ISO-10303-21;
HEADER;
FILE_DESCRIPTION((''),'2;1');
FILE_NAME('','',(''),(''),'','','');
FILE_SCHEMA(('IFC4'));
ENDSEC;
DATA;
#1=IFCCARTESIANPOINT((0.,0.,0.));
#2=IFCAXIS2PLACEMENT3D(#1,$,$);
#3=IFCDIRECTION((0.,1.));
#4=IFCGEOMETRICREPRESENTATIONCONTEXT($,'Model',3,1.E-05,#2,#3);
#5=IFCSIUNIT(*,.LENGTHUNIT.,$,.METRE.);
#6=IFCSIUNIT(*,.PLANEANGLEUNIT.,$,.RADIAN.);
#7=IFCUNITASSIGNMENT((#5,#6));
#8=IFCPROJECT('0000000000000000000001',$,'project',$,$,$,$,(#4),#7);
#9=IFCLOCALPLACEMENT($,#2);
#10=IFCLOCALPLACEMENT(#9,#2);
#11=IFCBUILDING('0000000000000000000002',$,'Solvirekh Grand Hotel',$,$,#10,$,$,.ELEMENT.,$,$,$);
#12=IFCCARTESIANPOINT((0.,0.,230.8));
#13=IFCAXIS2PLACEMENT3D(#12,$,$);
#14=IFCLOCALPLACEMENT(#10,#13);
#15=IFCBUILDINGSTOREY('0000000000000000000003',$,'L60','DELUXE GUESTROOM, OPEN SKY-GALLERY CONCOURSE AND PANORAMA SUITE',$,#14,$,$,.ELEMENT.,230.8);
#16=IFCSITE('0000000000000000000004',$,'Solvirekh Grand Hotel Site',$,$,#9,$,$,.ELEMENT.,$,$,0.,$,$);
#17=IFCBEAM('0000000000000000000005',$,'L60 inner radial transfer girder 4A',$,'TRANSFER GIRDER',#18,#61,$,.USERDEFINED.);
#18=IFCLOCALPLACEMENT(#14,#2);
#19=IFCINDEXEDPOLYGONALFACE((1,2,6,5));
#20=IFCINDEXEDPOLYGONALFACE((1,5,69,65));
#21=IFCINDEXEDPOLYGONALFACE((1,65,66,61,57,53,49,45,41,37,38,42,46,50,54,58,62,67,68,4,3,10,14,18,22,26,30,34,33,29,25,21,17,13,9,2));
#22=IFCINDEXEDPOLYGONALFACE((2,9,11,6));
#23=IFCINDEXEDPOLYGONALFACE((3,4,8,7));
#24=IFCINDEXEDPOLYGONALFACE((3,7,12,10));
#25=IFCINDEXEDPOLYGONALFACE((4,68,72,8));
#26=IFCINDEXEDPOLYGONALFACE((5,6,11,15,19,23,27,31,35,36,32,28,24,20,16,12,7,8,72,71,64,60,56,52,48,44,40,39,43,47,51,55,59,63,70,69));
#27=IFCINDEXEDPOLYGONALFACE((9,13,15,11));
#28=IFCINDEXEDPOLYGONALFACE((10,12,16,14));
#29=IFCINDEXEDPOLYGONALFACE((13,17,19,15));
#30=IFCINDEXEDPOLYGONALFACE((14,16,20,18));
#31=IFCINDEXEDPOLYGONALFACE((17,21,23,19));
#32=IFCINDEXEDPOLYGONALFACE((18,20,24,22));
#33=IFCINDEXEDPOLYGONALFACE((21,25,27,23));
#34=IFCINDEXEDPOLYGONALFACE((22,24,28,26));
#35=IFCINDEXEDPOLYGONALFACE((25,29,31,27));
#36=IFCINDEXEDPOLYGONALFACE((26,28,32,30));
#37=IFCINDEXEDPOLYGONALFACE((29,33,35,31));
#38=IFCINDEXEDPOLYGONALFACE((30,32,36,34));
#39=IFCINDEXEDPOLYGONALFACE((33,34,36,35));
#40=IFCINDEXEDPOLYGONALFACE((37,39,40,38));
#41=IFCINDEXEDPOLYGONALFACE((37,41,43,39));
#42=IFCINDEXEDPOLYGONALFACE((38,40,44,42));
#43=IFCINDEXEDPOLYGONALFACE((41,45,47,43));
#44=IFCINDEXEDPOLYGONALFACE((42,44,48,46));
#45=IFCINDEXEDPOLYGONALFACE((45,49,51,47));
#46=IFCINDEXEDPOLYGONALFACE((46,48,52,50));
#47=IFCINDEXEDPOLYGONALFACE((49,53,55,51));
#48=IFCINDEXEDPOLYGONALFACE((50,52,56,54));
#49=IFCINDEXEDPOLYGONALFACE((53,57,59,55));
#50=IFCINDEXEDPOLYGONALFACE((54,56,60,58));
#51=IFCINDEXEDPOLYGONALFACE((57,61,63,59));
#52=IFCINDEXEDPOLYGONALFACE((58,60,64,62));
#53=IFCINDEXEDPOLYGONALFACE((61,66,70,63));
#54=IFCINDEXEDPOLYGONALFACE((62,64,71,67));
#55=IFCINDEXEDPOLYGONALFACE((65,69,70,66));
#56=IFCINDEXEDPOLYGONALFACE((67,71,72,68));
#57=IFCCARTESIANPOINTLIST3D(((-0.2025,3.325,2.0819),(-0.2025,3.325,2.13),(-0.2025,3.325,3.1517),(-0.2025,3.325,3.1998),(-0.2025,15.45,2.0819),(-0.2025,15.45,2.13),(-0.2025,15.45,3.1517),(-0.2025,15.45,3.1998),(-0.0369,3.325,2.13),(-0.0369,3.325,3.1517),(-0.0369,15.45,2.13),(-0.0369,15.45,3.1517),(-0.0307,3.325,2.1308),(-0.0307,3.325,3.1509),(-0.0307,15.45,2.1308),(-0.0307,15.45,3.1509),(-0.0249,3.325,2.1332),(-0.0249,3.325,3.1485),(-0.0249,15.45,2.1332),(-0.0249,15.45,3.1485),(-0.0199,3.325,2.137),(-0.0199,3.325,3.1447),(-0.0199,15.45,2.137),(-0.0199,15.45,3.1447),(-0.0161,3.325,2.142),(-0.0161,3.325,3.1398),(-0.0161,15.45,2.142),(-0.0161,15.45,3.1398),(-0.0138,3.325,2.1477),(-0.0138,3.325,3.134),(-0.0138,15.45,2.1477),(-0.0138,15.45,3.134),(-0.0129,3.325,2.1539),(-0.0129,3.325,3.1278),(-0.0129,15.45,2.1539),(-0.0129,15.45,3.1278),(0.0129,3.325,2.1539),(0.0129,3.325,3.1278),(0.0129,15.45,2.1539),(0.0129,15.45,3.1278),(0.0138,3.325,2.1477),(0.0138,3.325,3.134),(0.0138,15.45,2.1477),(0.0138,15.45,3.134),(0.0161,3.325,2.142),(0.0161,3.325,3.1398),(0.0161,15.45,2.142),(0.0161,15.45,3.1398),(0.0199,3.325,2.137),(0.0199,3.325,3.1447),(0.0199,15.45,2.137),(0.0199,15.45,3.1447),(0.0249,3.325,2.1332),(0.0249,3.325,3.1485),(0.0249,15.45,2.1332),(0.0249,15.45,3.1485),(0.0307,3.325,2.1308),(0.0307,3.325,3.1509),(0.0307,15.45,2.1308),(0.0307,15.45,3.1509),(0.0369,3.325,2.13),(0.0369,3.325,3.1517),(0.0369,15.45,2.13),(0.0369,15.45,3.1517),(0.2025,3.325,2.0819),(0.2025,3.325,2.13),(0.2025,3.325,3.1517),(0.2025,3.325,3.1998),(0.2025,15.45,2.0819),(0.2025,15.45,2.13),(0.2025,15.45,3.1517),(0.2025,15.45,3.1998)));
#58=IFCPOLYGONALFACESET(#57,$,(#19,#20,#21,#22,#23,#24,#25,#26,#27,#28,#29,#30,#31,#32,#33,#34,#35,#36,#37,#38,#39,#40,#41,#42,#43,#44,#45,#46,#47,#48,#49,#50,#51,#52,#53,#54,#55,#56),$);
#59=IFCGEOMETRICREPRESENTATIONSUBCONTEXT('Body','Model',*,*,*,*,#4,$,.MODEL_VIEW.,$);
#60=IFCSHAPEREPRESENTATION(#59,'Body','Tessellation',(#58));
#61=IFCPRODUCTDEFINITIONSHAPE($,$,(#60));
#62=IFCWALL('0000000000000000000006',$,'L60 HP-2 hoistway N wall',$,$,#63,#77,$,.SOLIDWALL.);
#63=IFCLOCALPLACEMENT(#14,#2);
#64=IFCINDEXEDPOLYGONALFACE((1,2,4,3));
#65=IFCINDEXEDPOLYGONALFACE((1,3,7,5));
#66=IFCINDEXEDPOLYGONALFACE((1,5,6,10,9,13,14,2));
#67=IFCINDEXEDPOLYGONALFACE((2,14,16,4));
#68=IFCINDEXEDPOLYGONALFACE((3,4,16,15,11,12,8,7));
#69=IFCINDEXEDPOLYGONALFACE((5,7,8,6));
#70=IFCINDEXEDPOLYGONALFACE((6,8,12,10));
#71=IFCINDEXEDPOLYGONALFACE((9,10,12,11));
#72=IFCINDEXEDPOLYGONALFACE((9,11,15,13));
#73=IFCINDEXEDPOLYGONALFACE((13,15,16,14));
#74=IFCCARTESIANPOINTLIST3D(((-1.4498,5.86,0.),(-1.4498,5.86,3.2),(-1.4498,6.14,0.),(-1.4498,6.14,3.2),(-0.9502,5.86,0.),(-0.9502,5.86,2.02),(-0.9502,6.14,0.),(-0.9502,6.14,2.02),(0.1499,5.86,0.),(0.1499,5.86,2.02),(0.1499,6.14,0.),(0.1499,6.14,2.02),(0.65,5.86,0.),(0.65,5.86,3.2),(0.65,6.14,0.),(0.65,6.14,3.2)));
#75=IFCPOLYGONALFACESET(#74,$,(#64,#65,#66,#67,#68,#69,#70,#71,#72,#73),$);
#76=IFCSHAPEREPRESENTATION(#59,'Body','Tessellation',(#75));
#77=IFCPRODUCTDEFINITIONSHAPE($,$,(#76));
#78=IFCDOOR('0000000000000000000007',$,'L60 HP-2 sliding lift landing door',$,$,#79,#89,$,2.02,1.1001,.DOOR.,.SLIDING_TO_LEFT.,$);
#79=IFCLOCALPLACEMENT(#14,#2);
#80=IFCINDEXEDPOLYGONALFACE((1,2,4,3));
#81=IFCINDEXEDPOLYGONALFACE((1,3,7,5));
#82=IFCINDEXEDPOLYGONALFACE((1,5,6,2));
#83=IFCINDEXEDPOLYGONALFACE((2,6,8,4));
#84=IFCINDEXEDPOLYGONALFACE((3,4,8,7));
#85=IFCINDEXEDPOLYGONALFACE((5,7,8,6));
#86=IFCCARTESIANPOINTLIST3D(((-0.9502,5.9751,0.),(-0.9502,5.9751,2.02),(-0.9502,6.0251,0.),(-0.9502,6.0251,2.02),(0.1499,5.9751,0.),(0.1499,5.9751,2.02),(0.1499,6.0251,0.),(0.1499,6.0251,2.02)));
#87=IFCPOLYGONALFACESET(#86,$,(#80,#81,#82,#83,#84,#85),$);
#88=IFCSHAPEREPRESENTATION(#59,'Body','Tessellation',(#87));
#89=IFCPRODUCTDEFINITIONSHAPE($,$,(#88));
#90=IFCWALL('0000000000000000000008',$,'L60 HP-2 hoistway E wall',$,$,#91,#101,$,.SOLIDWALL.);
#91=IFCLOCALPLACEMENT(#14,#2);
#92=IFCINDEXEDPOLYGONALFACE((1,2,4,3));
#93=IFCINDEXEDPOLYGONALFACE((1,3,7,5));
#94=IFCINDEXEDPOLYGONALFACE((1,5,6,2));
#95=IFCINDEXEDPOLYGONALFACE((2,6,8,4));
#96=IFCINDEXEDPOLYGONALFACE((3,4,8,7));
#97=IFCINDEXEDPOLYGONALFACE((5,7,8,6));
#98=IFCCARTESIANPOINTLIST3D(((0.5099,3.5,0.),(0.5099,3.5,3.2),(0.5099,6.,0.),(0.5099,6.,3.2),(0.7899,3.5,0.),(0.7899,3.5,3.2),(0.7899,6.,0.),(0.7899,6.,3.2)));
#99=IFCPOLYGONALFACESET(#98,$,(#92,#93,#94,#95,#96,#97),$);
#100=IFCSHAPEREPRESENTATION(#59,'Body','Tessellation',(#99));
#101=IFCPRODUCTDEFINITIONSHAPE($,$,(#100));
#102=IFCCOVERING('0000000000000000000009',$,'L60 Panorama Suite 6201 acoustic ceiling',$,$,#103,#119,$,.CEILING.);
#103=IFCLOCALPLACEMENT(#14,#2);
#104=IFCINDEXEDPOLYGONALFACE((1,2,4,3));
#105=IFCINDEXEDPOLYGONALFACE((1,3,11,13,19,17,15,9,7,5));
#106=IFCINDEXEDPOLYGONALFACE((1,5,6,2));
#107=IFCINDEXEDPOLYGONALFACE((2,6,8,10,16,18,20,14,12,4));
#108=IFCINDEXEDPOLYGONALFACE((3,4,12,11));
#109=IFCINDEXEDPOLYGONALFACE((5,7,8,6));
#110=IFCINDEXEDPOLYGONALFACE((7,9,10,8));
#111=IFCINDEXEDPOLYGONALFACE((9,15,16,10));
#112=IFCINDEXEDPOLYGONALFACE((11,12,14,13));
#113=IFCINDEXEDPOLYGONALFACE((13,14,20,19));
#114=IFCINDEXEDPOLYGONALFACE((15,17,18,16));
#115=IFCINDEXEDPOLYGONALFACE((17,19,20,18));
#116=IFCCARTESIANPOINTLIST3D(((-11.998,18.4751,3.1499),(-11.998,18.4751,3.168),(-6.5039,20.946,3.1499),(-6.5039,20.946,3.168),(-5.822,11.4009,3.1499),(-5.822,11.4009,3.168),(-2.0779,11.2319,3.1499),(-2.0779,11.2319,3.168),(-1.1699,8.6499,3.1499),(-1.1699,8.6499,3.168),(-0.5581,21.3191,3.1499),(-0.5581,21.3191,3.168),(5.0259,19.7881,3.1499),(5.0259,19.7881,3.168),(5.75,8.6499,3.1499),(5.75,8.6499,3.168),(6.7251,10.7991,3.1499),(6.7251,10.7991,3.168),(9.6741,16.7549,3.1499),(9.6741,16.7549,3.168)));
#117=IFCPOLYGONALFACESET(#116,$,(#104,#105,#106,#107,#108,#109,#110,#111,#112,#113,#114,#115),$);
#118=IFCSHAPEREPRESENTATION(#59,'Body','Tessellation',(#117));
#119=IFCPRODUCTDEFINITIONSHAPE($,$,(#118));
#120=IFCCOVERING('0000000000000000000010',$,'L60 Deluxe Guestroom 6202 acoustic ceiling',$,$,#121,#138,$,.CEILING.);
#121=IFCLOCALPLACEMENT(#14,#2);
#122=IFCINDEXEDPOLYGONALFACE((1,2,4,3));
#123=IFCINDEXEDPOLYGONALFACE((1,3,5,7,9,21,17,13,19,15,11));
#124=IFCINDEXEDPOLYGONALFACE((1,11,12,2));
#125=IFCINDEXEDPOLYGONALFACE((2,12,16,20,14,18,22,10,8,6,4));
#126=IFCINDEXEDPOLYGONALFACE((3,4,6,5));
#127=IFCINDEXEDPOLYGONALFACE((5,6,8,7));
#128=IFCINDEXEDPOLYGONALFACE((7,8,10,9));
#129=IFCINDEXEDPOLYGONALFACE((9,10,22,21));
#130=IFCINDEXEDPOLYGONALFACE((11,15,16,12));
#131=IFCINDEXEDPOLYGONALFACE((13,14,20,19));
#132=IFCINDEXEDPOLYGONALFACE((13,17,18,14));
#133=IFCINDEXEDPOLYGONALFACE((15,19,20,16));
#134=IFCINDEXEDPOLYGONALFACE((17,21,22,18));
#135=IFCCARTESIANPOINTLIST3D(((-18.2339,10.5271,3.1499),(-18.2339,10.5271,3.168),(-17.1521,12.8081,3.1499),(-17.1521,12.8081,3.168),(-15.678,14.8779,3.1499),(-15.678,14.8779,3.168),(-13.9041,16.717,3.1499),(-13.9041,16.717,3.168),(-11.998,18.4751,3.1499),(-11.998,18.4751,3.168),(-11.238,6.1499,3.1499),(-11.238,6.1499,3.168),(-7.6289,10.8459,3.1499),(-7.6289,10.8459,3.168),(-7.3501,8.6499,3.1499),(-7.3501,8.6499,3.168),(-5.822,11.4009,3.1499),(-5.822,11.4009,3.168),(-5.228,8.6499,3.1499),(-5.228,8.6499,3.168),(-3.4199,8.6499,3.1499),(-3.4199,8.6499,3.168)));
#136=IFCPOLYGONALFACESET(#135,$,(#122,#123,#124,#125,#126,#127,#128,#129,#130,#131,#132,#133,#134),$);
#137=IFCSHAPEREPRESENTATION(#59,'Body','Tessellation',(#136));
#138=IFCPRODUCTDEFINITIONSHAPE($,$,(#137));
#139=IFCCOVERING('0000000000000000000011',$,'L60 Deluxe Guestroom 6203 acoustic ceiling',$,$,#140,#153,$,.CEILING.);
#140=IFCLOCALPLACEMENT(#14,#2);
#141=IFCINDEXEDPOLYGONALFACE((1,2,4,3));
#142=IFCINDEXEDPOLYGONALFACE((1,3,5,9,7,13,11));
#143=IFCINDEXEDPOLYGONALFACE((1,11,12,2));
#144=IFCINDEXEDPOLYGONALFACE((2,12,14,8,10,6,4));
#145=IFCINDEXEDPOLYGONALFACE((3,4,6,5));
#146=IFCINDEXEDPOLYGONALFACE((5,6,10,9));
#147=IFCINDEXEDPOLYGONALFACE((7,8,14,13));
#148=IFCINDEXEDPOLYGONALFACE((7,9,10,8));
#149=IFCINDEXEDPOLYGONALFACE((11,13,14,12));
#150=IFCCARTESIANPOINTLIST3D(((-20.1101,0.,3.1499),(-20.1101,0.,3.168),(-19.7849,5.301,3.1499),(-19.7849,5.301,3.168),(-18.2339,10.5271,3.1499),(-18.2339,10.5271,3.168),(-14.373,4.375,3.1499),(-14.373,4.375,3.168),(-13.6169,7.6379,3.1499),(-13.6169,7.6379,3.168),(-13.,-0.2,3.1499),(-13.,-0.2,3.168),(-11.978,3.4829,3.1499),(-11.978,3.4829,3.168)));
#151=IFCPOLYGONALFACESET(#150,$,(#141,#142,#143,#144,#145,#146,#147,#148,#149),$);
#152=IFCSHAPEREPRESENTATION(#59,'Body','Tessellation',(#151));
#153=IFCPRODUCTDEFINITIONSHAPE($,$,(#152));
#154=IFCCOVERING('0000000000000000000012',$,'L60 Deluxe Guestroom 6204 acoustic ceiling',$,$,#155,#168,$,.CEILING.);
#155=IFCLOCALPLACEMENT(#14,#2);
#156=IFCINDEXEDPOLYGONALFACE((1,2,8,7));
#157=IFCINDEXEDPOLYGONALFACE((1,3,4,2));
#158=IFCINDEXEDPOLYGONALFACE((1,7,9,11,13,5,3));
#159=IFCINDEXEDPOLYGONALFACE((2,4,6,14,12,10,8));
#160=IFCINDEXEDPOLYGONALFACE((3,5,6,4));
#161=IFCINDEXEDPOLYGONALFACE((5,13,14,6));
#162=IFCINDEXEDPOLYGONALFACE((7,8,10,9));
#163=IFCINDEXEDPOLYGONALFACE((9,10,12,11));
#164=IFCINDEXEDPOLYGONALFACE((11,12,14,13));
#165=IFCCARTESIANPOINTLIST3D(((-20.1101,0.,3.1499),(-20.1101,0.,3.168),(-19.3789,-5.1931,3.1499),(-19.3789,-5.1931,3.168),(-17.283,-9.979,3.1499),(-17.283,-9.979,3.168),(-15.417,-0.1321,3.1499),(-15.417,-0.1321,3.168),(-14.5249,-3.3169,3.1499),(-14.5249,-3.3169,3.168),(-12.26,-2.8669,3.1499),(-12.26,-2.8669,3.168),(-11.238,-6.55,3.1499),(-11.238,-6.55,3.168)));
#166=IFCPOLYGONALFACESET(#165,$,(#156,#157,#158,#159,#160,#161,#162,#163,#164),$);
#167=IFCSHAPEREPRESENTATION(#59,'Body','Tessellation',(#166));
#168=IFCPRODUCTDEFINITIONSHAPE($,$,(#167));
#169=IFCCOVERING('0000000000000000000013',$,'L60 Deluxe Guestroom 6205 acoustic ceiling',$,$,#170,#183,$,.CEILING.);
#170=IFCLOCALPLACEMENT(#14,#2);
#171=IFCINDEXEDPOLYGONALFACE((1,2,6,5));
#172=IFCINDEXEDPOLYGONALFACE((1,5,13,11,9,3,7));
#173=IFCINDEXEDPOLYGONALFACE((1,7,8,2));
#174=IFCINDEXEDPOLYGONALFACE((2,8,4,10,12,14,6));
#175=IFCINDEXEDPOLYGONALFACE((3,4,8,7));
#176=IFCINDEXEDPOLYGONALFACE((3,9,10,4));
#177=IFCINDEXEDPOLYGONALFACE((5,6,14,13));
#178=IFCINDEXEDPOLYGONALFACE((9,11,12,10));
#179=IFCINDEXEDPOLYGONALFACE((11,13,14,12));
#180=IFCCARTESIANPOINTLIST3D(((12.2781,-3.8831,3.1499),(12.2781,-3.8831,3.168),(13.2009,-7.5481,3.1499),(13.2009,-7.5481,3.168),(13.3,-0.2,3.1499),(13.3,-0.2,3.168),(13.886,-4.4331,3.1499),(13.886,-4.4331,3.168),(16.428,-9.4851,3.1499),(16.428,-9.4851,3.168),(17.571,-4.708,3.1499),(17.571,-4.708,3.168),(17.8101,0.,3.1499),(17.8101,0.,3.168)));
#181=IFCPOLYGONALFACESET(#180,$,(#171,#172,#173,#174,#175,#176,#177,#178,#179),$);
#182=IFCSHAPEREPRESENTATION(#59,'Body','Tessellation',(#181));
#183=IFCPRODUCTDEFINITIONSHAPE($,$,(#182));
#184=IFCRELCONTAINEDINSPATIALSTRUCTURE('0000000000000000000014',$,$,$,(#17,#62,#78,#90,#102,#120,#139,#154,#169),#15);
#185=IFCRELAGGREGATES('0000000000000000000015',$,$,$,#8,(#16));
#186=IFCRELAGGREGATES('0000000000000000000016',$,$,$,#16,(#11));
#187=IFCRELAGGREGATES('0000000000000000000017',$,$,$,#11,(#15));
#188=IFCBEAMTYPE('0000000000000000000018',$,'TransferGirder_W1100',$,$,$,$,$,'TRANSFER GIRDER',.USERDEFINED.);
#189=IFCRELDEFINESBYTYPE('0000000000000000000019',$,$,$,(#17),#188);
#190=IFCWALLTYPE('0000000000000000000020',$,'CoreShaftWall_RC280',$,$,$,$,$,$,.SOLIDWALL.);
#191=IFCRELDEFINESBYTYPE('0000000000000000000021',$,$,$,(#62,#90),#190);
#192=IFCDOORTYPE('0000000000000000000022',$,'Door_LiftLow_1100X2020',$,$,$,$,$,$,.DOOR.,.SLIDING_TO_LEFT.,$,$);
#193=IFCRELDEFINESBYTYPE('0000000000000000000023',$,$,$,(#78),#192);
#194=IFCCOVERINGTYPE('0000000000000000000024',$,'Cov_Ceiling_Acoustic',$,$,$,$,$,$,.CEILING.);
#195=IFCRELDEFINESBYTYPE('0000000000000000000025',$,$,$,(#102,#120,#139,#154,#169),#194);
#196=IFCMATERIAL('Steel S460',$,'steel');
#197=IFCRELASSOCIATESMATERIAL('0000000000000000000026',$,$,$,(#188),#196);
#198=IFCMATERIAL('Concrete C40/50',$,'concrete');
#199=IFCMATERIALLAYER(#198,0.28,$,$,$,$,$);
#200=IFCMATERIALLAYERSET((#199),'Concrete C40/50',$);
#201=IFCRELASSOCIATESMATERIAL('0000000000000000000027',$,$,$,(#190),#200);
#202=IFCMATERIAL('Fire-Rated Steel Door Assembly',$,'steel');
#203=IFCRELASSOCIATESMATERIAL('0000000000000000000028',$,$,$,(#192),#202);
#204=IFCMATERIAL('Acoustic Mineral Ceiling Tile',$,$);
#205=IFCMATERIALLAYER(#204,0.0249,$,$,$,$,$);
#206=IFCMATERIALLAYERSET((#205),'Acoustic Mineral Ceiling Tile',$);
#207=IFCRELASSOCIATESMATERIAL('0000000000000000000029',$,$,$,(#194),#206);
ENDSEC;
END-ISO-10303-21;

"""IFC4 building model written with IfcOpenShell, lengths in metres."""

from ifc_helpers import new_model, si_unit, direction, frame, frame_2d, origin, origin_2d, place, context, subcontext, project, spatial, polyline, rectangle, i_section, outline, extrude, material, layer, layer_set, material_profile, profile_set, type_object, element, fill, save


model = new_model("IFC4")

# Units and contexts
model_context = context("Model", 3, precision=1e-05, world=origin(), true_north=direction((0.0, 1.0)))
body_context = subcontext(model_context, "Body", "Model", "MODEL_VIEW")
ifc_project = project(units=[si_unit("LENGTHUNIT", "METRE"), si_unit("PLANEANGLEUNIT", "RADIAN")], contexts=[model_context])

# Site, building, storey
site_placement = place(None, origin())
site = spatial("IfcSite", under=ifc_project, at=site_placement, Name="Solvirekh Grand Hotel Site", CompositionType="ELEMENT", RefElevation=0.0)
building_placement = place(site_placement, origin())
building = spatial("IfcBuilding", under=site, at=building_placement, Name="Solvirekh Grand Hotel", CompositionType="ELEMENT")
storey_placement = place(building_placement, frame((0.0, 0.0, 230.8)))
storey = spatial("IfcBuildingStorey", under=building, at=storey_placement, Name="L60", Description="DELUXE GUESTROOM, OPEN SKY-GALLERY CONCOURSE AND PANORAMA SUITE", CompositionType="ELEMENT", Elevation=230.8)

# Beam
ifc_material_1 = material(Name="Steel S460", Category="steel")
ifc_material_profile = material_profile(ifc_material_1, i_section(OverallWidth=0.405, OverallDepth=1.1179, WebThickness=0.0259, FlangeThickness=0.0481, FilletRadius=0.0239, at=origin_2d()), Name="W1100X499")
ifc_profile_set = profile_set([ifc_material_profile], Name="Steel S460")
beam_type = type_object("IfcBeamType", Name="TransferGirder_W1100", ElementType="TRANSFER GIRDER", PredefinedType="USERDEFINED", material=ifc_profile_set)
beam_placement = place(storey_placement, frame((0.0, 3.325, 2.6409), z_axis=(0.0, 1.0, 0.0), x_axis=(-1.0, 0.0, 0.0)))
element("IfcBeam", 1, at=beam_placement, inside=storey, type_object=beam_type, Name="L60 inner radial transfer girder 4A", ObjectType="TRANSFER GIRDER", PredefinedType="USERDEFINED", context=body_context, shape_type="SweptSolid", body=[
    extrude(i_section(OverallWidth=0.405, OverallDepth=1.1179, WebThickness=0.0259, FlangeThickness=0.0481, FilletRadius=0.0239, at=origin_2d()), origin(), (0.0, 0.0, 1.0), 12.125),
])

# Wall, opening, door
ifc_material_2 = material(Name="Concrete C40/50", Category="concrete")
ifc_layer_1 = layer(ifc_material_2, 0.28)
ifc_layer_set_1 = layer_set([ifc_layer_1], Name="Concrete C40/50")
wall_type = type_object("IfcWallType", Name="CoreShaftWall_RC280", PredefinedType="SOLIDWALL", material=ifc_layer_set_1)
wall_1_placement = place(storey_placement, frame((0.6499, 6.0, 0.0), z_axis=(0.0, 0.0, 1.0), x_axis=(-1.0, 0.0, 0.0)))
wall_1 = element("IfcWall", 2, at=wall_1_placement, inside=storey, type_object=wall_type, Name="L60 HP-2 hoistway N wall", PredefinedType="SOLIDWALL", context=body_context, shape_type="SweptSolid", body=[
    extrude(rectangle(XDim=2.0999, YDim=0.28, at=frame_2d((1.0498, 0.0))), origin(), (0.0, 0.0, 1.0), 3.2),
])
opening_placement = place(wall_1_placement, frame((0.5, 0.0, 0.0)))
opening = element("IfcOpeningElement", 3, at=opening_placement, cuts=wall_1, PredefinedType="OPENING", context=body_context, shape_type="SweptSolid", body=[
    extrude(rectangle(XDim=1.1001, YDim=2.02, at=frame_2d((0.55, 1.01))), frame((0.0, 0.1499, 0.0), z_axis=(0.0, -1.0, 0.0), x_axis=(1.0, 0.0, 0.0)), (0.0, 0.0, 1.0), 0.3),
])
ifc_material_3 = material(Name="Fire-Rated Steel Door Assembly", Category="steel")
door_type = type_object("IfcDoorType", Name="Door_LiftLow_1100X2020", OperationType="SLIDING_TO_LEFT", PredefinedType="DOOR", material=ifc_material_3)
door_placement = place(opening_placement, origin())
door = element("IfcDoor", 4, at=door_placement, inside=storey, type_object=door_type, Name="L60 HP-2 sliding lift landing door", OperationType="SLIDING_TO_LEFT", OverallHeight=2.02, OverallWidth=1.1001, PredefinedType="DOOR", context=body_context, shape_type="SweptSolid", body=[
    extrude(rectangle(XDim=1.1001, YDim=2.02, at=frame_2d((0.55, 1.01))), frame((0.0, 0.0249, 0.0), z_axis=(0.0, -1.0, 0.0), x_axis=(1.0, 0.0, 0.0)), (0.0, 0.0, 1.0), 0.05),
])
fill(opening, door)

# Wall
wall_2_placement = place(storey_placement, frame((0.6499, 3.5, 0.0), z_axis=(0.0, 0.0, 1.0), x_axis=(0.0, 1.0, 0.0)))
element("IfcWall", 5, at=wall_2_placement, inside=storey, type_object=wall_type, Name="L60 HP-2 hoistway E wall", PredefinedType="SOLIDWALL", context=body_context, shape_type="SweptSolid", body=[
    extrude(rectangle(XDim=2.5, YDim=0.28, at=frame_2d((1.25, 0.0))), origin(), (0.0, 0.0, 1.0), 3.2),
])

# Coverings
ifc_material_4 = material(Name="Acoustic Mineral Ceiling Tile")
ifc_layer_2 = layer(ifc_material_4, 0.0249)
ifc_layer_set_2 = layer_set([ifc_layer_2], Name="Acoustic Mineral Ceiling Tile")
covering_type_1 = type_object("IfcCoveringType", Name="Cov_Ceiling_Acoustic", PredefinedType="CEILING", material=ifc_layer_set_2)
covering_1_placement = place(storey_placement, frame((0.0, 0.0, 3.1499)))
element("IfcCovering", 6, at=covering_1_placement, inside=storey, type_object=covering_type_1, Name="L60 Panorama Suite 6201 acoustic ceiling", PredefinedType="CEILING", context=body_context, shape_type="SweptSolid", body=[
    extrude(outline(polyline([(-5.822, 11.4009), (-2.0779, 11.2319), (-1.1699, 8.6499), (5.75, 8.6499), (6.7251, 10.7991), (9.6741, 16.7549), (5.0259, 19.7881), (-0.5581, 21.3191), (-6.5039, 20.946), (-11.998, 18.4751), (-5.822, 11.4009)])), origin(), (0.0, 0.0, 1.0), 0.0181),
])
covering_2_placement = place(storey_placement, frame((0.0, 0.0, 3.1499)))
element("IfcCovering", 7, at=covering_2_placement, inside=storey, type_object=covering_type_1, Name="L60 Deluxe Guestroom 6202 acoustic ceiling", PredefinedType="CEILING", context=body_context, shape_type="SweptSolid", body=[
    extrude(outline(polyline([(-5.228, 8.6499), (-7.6289, 10.8459), (-5.822, 11.4009), (-3.4199, 8.6499), (-11.998, 18.4751), (-13.9041, 16.717), (-15.678, 14.8779), (-17.1521, 12.8081), (-18.2339, 10.5271), (-11.238, 6.1499), (-7.3501, 8.6499), (-5.228, 8.6499)])), origin(), (0.0, 0.0, 1.0), 0.0181),
])
covering_3_placement = place(storey_placement, frame((0.0, 0.0, 3.1499)))
element("IfcCovering", 8, at=covering_3_placement, inside=storey, type_object=covering_type_1, Name="L60 Deluxe Guestroom 6203 acoustic ceiling", PredefinedType="CEILING", context=body_context, shape_type="SweptSolid", body=[
    extrude(outline(polyline([(-14.373, 4.375), (-13.6169, 7.6379), (-18.2339, 10.5271), (-19.7849, 5.301), (-20.1101, 0.0), (-13.0, -0.2), (-11.978, 3.4829), (-14.373, 4.375)])), origin(), (0.0, 0.0, 1.0), 0.0181),
])
covering_4_placement = place(storey_placement, frame((0.0, 0.0, 3.1499)))
element("IfcCovering", 9, at=covering_4_placement, inside=storey, type_object=covering_type_1, Name="L60 Deluxe Guestroom 6204 acoustic ceiling", PredefinedType="CEILING", context=body_context, shape_type="SweptSolid", body=[
    extrude(outline(polyline([(-14.5249, -3.3169), (-15.417, -0.1321), (-20.1101, 0.0), (-19.3789, -5.1931), (-17.283, -9.979), (-11.238, -6.55), (-12.26, -2.8669), (-14.5249, -3.3169)])), origin(), (0.0, 0.0, 1.0), 0.0181),
])
covering_5_placement = place(storey_placement, frame((0.0, 0.0, 3.1499)))
element("IfcCovering", 10, at=covering_5_placement, inside=storey, type_object=covering_type_1, Name="L60 Deluxe Guestroom 6205 acoustic ceiling", PredefinedType="CEILING", context=body_context, shape_type="SweptSolid", body=[
    extrude(outline(polyline([(13.886, -4.4331), (13.2009, -7.5481), (16.428, -9.4851), (17.571, -4.708), (17.8101, 0.0), (13.3, -0.2), (12.2781, -3.8831), (13.886, -4.4331)])), origin(), (0.0, 0.0, 1.0), 0.0181),
])

save(model, "model.ifc")
